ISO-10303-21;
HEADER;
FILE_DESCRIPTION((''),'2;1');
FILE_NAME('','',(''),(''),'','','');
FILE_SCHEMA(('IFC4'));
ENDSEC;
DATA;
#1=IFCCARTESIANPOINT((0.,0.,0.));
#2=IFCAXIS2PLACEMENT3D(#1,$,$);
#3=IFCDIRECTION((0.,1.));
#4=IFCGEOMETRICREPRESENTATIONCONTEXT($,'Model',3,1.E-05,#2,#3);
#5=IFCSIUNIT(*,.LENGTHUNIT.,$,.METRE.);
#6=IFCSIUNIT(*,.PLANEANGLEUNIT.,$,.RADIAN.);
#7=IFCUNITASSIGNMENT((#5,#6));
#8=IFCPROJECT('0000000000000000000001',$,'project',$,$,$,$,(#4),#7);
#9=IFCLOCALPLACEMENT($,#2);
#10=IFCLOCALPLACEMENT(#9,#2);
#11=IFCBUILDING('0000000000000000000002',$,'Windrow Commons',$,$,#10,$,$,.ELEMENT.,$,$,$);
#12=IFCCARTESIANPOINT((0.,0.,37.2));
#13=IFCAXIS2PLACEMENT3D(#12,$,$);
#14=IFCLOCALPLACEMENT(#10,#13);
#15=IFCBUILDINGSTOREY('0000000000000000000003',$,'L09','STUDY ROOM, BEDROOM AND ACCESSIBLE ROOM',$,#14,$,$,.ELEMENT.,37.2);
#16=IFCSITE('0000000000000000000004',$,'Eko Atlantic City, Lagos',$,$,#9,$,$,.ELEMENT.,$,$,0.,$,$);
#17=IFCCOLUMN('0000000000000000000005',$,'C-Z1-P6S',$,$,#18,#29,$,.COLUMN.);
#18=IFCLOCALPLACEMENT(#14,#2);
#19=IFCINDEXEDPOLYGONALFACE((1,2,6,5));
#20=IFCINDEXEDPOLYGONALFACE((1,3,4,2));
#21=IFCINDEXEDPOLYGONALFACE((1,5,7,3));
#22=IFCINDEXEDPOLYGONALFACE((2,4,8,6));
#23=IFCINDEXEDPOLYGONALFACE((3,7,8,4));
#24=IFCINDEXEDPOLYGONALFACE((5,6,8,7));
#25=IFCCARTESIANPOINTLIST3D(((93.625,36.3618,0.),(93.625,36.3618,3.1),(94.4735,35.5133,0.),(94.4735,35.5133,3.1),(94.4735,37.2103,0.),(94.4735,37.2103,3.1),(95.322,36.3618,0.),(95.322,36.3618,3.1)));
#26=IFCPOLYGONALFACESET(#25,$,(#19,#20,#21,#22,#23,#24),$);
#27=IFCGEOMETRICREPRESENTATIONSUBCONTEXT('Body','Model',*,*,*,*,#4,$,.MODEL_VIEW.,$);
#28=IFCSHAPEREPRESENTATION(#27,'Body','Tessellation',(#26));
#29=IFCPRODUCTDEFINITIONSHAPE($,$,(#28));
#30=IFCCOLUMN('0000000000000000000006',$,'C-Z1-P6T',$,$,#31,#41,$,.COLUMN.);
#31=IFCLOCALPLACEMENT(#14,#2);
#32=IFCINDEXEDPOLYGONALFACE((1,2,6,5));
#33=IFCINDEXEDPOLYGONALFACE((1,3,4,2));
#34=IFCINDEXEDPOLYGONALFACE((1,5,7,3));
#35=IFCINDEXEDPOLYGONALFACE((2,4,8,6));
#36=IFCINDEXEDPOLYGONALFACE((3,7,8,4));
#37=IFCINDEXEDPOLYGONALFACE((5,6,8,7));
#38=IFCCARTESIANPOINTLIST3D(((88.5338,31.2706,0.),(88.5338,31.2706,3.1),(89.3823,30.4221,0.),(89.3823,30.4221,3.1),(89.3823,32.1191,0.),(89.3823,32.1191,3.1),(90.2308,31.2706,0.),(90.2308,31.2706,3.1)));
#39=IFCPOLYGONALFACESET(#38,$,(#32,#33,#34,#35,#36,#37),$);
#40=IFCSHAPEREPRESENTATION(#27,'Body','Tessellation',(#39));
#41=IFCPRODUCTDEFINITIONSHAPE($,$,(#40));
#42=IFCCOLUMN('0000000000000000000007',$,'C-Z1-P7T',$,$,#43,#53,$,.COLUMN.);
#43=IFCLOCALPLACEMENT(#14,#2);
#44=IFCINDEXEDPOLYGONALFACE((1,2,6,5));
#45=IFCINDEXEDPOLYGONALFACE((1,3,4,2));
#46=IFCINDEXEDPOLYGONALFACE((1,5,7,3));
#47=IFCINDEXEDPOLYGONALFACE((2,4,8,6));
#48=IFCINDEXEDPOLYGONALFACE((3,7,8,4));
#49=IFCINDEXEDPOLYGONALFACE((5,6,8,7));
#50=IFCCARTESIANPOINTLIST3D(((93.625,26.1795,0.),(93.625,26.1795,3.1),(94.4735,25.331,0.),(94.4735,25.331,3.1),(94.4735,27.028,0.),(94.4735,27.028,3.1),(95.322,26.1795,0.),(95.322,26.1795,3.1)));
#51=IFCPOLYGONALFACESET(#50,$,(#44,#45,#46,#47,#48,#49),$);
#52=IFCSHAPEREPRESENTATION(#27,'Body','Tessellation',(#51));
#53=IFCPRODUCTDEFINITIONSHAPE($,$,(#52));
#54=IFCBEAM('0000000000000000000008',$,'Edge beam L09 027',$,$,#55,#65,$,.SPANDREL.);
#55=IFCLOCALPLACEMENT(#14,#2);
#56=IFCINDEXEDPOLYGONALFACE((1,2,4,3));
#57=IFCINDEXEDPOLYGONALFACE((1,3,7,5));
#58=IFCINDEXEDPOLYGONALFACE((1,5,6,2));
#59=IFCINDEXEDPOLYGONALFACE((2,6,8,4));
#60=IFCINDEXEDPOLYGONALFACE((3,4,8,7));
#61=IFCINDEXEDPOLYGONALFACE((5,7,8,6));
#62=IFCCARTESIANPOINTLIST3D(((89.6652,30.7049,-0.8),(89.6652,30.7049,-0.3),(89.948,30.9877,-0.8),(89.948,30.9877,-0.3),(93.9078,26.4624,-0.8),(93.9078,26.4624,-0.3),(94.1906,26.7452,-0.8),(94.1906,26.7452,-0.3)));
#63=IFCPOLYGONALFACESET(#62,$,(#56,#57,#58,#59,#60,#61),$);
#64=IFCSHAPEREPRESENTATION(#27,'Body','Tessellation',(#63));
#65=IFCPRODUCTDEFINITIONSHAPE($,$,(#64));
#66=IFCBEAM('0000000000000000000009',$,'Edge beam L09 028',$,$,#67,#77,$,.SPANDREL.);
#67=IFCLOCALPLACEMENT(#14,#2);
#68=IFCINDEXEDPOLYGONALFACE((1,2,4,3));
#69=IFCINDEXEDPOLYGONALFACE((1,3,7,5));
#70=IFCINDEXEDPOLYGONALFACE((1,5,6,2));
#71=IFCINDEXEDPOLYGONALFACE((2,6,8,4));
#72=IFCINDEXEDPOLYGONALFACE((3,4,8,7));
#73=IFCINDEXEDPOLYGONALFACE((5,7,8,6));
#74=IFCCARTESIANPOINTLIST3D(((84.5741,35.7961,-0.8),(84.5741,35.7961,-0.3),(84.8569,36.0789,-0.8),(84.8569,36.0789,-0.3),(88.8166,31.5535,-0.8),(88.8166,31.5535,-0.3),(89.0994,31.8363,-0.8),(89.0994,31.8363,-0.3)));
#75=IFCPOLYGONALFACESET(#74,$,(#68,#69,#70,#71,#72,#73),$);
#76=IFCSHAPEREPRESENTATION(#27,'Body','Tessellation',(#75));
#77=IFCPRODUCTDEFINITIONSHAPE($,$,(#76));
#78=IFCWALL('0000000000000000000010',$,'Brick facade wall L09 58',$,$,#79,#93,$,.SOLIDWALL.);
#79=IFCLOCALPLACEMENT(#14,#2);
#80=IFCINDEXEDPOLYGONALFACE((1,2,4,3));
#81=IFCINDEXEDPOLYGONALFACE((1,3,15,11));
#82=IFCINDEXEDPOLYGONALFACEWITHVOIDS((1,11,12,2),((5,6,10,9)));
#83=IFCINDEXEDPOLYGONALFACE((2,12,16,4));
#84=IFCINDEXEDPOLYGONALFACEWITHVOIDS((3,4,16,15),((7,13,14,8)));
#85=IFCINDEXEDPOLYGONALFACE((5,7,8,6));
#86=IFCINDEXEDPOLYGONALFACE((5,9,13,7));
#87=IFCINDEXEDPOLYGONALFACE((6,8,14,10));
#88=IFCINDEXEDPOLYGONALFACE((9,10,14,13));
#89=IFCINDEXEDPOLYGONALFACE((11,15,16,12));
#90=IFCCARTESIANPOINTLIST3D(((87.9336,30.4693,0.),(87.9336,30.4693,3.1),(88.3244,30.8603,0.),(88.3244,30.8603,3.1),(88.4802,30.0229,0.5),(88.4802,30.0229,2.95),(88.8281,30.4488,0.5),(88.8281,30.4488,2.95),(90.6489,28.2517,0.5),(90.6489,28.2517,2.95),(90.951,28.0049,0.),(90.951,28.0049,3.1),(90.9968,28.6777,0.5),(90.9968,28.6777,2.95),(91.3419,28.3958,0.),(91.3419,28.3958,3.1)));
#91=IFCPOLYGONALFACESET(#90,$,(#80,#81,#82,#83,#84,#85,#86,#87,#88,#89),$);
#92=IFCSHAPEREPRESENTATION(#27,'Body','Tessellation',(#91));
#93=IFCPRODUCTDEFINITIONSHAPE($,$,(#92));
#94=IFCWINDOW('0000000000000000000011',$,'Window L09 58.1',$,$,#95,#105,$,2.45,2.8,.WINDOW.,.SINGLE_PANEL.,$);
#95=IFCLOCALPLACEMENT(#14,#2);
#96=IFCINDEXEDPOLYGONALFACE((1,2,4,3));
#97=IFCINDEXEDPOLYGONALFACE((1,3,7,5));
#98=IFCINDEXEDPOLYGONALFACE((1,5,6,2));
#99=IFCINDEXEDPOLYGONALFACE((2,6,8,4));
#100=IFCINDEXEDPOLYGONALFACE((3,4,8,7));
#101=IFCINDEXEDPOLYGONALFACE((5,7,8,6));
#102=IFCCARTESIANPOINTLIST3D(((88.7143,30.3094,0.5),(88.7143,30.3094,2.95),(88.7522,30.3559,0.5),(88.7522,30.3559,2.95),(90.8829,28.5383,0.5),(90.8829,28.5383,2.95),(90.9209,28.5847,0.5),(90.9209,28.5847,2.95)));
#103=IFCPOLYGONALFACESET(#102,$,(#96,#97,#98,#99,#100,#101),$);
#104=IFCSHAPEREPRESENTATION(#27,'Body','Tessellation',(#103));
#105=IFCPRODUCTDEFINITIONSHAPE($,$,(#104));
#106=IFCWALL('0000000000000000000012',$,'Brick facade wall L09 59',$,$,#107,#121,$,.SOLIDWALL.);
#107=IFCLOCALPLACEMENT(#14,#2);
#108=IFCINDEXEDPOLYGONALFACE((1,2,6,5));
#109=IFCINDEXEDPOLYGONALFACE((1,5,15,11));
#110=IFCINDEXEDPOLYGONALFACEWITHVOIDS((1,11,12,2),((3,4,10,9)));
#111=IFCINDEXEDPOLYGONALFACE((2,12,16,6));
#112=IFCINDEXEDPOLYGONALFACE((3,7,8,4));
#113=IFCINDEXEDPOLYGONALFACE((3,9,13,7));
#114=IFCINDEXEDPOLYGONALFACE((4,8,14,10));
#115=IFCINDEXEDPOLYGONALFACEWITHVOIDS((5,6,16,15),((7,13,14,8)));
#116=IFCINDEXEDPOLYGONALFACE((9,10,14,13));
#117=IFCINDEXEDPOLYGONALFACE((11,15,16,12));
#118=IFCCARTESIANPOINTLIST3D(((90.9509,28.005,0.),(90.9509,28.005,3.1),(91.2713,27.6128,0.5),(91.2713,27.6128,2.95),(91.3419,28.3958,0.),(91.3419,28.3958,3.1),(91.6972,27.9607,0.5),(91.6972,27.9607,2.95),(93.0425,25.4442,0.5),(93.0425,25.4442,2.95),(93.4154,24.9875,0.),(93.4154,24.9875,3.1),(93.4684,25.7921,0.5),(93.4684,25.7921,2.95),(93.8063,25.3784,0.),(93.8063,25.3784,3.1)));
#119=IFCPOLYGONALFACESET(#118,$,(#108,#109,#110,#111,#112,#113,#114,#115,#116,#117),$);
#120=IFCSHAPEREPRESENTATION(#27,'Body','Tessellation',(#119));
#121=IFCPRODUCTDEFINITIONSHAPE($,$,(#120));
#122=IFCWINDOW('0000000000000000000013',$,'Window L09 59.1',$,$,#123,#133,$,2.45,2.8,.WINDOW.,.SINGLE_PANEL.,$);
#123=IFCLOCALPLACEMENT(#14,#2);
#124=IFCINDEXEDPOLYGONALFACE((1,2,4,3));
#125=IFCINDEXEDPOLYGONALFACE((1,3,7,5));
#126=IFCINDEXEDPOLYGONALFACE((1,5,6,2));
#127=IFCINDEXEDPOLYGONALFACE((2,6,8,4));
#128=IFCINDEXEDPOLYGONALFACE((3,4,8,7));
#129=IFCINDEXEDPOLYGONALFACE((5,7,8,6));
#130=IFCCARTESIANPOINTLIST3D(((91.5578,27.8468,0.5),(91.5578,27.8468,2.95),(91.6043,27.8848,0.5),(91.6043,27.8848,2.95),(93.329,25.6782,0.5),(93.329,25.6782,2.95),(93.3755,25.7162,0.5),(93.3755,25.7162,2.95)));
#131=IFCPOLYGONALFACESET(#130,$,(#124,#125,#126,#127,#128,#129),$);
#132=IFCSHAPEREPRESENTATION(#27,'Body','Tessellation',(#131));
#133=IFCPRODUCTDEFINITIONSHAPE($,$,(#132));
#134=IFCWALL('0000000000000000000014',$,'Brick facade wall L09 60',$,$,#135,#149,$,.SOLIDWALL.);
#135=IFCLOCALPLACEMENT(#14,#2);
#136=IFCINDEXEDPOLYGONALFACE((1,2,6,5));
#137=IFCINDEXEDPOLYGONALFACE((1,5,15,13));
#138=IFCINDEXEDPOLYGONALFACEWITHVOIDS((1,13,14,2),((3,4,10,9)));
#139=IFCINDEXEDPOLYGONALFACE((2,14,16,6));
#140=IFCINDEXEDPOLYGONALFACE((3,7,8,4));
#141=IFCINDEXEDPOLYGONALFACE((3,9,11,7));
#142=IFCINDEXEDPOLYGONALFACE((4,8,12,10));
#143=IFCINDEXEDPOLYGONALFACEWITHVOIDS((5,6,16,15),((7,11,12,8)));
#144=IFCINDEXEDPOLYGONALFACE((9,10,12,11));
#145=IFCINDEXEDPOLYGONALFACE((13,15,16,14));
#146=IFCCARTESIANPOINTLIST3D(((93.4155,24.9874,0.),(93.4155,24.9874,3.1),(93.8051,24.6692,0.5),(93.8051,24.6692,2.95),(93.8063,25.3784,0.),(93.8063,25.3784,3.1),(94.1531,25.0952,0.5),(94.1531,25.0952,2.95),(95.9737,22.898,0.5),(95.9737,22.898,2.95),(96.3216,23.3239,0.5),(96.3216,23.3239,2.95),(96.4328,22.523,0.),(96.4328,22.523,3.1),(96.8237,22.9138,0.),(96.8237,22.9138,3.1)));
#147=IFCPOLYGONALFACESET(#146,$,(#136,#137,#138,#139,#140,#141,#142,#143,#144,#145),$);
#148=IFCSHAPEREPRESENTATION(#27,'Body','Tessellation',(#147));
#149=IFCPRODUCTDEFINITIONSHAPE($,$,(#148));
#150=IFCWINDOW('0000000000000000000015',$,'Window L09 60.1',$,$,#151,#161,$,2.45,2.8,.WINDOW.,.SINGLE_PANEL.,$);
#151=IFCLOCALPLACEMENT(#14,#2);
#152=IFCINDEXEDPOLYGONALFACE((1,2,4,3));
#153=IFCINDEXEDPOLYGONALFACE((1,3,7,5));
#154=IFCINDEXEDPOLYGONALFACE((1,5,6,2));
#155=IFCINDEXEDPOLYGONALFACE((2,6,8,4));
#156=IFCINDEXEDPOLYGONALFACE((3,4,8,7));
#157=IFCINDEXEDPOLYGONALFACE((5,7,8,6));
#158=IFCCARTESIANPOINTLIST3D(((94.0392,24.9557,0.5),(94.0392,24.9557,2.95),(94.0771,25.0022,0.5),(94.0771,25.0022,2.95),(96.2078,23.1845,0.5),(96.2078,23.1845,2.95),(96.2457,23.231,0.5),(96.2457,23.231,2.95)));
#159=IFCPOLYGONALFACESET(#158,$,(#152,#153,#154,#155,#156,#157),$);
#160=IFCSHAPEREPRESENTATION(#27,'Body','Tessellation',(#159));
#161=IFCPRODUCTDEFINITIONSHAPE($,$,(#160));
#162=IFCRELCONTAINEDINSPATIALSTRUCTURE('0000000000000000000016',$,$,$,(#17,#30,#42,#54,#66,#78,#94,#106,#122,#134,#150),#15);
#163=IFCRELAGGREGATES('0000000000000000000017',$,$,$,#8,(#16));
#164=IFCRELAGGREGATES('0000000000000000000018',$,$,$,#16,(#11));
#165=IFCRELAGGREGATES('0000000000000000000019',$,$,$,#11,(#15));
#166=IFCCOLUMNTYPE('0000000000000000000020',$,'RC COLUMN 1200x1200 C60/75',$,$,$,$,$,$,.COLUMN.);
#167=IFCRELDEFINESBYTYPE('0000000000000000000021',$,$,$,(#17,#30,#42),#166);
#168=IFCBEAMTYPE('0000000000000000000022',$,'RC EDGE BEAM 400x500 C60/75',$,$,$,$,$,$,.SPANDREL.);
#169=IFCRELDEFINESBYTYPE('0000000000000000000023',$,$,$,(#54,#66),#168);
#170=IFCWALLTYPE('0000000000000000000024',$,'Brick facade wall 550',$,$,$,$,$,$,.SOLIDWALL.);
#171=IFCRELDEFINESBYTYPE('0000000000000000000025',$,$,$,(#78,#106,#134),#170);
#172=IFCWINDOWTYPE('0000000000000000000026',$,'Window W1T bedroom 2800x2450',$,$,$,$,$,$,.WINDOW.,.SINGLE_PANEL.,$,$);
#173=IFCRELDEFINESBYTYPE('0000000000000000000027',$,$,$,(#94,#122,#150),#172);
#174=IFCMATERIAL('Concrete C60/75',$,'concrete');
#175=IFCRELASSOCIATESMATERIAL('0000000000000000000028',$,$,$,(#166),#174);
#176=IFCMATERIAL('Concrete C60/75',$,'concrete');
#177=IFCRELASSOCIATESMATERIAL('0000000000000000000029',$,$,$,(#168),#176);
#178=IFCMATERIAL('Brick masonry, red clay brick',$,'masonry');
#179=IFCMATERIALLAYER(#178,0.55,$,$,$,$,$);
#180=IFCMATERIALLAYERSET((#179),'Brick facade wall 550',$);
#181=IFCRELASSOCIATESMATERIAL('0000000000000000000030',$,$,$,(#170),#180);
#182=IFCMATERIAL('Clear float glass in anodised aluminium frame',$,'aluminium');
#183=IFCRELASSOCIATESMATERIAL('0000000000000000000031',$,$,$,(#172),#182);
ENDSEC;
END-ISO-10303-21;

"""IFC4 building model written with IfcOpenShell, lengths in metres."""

from ifc_helpers import new_model, si_unit, direction, frame, frame_2d, origin, origin_2d, place, context, subcontext, project, spatial, polyline, rectangle, outline, extrude, material, layer, layer_set, material_profile, profile_set, type_object, element, fill, save


model = new_model("IFC4")

# Units and contexts
model_context = context("Model", 3, precision=1e-05, world=origin(), true_north=direction((0.0, 1.0)))
body_context = subcontext(model_context, "Body", "Model", "MODEL_VIEW")
ifc_project = project(units=[si_unit("LENGTHUNIT", "METRE"), si_unit("PLANEANGLEUNIT", "RADIAN")], contexts=[model_context])

# Site, building, storey
site_placement = place(None, origin())
site = spatial("IfcSite", under=ifc_project, at=site_placement, Name="Eko Atlantic City, Lagos", CompositionType="ELEMENT", RefElevation=0.0)
building_placement = place(site_placement, origin())
building = spatial("IfcBuilding", under=site, at=building_placement, Name="Windrow Commons", CompositionType="ELEMENT")
storey_placement = place(building_placement, frame((0.0, 0.0, 37.2)))
storey = spatial("IfcBuildingStorey", under=building, at=storey_placement, Name="L09", Description="STUDY ROOM, BEDROOM AND ACCESSIBLE ROOM", CompositionType="ELEMENT", Elevation=37.2)

# Columns
ifc_material_1 = material(Name="Concrete C60/75", Category="concrete")
ifc_material_profile_1 = material_profile(ifc_material_1, rectangle(XDim=1.2, YDim=1.2, at=origin_2d()))
ifc_profile_set_1 = profile_set([ifc_material_profile_1], Name="Concrete C60/75")
column_type = type_object("IfcColumnType", Name="RC COLUMN 1200x1200 C60/75", PredefinedType="COLUMN", material=ifc_profile_set_1)
for number, where, z_axis, x_axis, name in (
    (1, (94.4735, 36.3618, 0.0), (0.0, 0.0, 1.0), (0.707107, -0.707107, 0.0), "C-Z1-P6S"),
    (2, (89.3823, 31.2706, 0.0), (0.0, 0.0, 1.0), (0.707107, -0.707107, 0.0), "C-Z1-P6T"),
    (3, (94.4735, 26.1795, 0.0), (0.0, 0.0, 1.0), (0.707107, -0.707107, 0.0), "C-Z1-P7T"),
):
    element("IfcColumn", number, at=place(storey_placement, frame(where, z_axis=z_axis, x_axis=x_axis)), inside=storey, type_object=column_type, Name=name, PredefinedType="COLUMN", context=body_context, shape_type="SweptSolid", body=[
        extrude(rectangle(XDim=1.2, YDim=1.2, at=origin_2d()), origin(), (0.0, 0.0, 1.0), 3.1),
    ])

# Beams
ifc_material_2 = material(Name="Concrete C60/75", Category="concrete")
ifc_material_profile_2 = material_profile(ifc_material_2, rectangle(XDim=0.4, YDim=0.5, at=origin_2d()))
ifc_profile_set_2 = profile_set([ifc_material_profile_2], Name="Concrete C60/75")
beam_type = type_object("IfcBeamType", Name="RC EDGE BEAM 400x500 C60/75", PredefinedType="SPANDREL", material=ifc_profile_set_2)
for number, where, z_axis, x_axis, name in (
    (4, (94.0492, 26.6038, -0.55), (-0.707115, 0.707098, 0.0), (-0.707098, -0.707115, 0.0), "Edge beam L09 027"),
    (5, (88.958, 31.6949, -0.55), (-0.707098, 0.707115, 0.0), (-0.707115, -0.707098, 0.0), "Edge beam L09 028"),
):
    element("IfcBeam", number, at=place(storey_placement, frame(where, z_axis=z_axis, x_axis=x_axis)), inside=storey, type_object=beam_type, Name=name, PredefinedType="SPANDREL", context=body_context, shape_type="SweptSolid", body=[
        extrude(rectangle(XDim=0.4, YDim=0.5, at=origin_2d()), origin(), (0.0, 0.0, 1.0), 5.9999),
    ])

# Walls, openings, windows
ifc_material_3 = material(Name="Brick masonry, red clay brick", Category="masonry")
ifc_layer_1 = layer(ifc_material_3, 0.55)
ifc_layer_set_1 = layer_set([ifc_layer_1], Name="Brick facade wall 550")
wall_type_1 = type_object("IfcWallType", Name="Brick facade wall 550", PredefinedType="SOLIDWALL", material=ifc_layer_set_1)
wall_1_placement = place(storey_placement, frame((88.129, 30.6648, 0.0), z_axis=(0.0, 0.0, 1.0), x_axis=(0.774508, -0.632564, 0.0)))
wall_1 = element("IfcWall", 6, at=wall_1_placement, inside=storey, type_object=wall_type_1, Name="Brick facade wall L09 58", PredefinedType="SOLIDWALL", context=body_context, shape_type="SweptSolid", body=[
    extrude(outline(polyline([(-0.0277, -0.275), (3.8682, -0.275), (3.9237, 0.275), (0.0277, 0.275), (-0.0277, -0.275)])), origin(), (0.0, 0.0, 1.0), 3.1),
])
opening_1_placement = place(wall_1_placement, frame((0.6781, 0.0, 0.5)))
opening_1 = element("IfcOpeningElement", 7, at=opening_1_placement, cuts=wall_1, PredefinedType="OPENING", context=body_context, shape_type="SweptSolid", body=[
    extrude(rectangle(XDim=2.8, YDim=2.45, at=frame_2d((1.4, 1.225))), frame((0.0, 0.285, 0.0), z_axis=(0.0, -1.0, 0.0), x_axis=(1.0, 0.0, 0.0)), (0.0, 0.0, 1.0), 0.57),
])
ifc_material_4 = material(Name="Clear float glass in anodised aluminium frame", Category="aluminium")
window_type = type_object("IfcWindowType", Name="Window W1T bedroom 2800x2450", PartitioningType="SINGLE_PANEL", PredefinedType="WINDOW", material=ifc_material_4)
window_1_placement = place(opening_1_placement, origin())
window_1 = element("IfcWindow", 8, at=window_1_placement, inside=storey, type_object=window_type, Name="Window L09 58.1", OverallHeight=2.45, OverallWidth=2.8, PartitioningType="SINGLE_PANEL", PredefinedType="WINDOW", context=body_context, shape_type="SweptSolid", body=[
    extrude(rectangle(XDim=2.8, YDim=2.45, at=frame_2d((1.4, 1.225))), frame((0.0, 0.155, 0.0), z_axis=(0.0, -1.0, 0.0), x_axis=(1.0, 0.0, 0.0)), (0.0, 0.0, 1.0), 0.06),
])
fill(opening_1, window_1)
wall_2_placement = place(storey_placement, frame((91.1464, 28.2004, 0.0), z_axis=(0.0, 0.0, 1.0), x_axis=(0.632567, -0.774506, 0.0)))
wall_2 = element("IfcWall", 9, at=wall_2_placement, inside=storey, type_object=wall_type_1, Name="Brick facade wall L09 59", PredefinedType="SOLIDWALL", context=body_context, shape_type="SweptSolid", body=[
    extrude(outline(polyline([(0.0277, -0.275), (3.9237, -0.275), (3.8682, 0.275), (-0.0277, 0.275), (0.0277, -0.275)])), origin(), (0.0, 0.0, 1.0), 3.1),
])
opening_2_placement = place(wall_2_placement, frame((0.5341, 0.0, 0.5)))
opening_2 = element("IfcOpeningElement", 10, at=opening_2_placement, cuts=wall_2, PredefinedType="OPENING", context=body_context, shape_type="SweptSolid", body=[
    extrude(rectangle(XDim=2.8, YDim=2.45, at=frame_2d((1.4, 1.225))), frame((0.0, 0.285, 0.0), z_axis=(0.0, -1.0, 0.0), x_axis=(1.0, 0.0, 0.0)), (0.0, 0.0, 1.0), 0.57),
])
window_2_placement = place(opening_2_placement, origin())
window_2 = element("IfcWindow", 11, at=window_2_placement, inside=storey, type_object=window_type, Name="Window L09 59.1", OverallHeight=2.45, OverallWidth=2.8, PartitioningType="SINGLE_PANEL", PredefinedType="WINDOW", context=body_context, shape_type="SweptSolid", body=[
    extrude(rectangle(XDim=2.8, YDim=2.45, at=frame_2d((1.4, 1.225))), frame((0.0, 0.155, 0.0), z_axis=(0.0, -1.0, 0.0), x_axis=(1.0, 0.0, 0.0)), (0.0, 0.0, 1.0), 0.06),
])
fill(opening_2, window_2)
wall_3_placement = place(storey_placement, frame((93.6109, 25.1829, 0.0), z_axis=(0.0, 0.0, 1.0), x_axis=(0.774496, -0.632579, 0.0)))
wall_3 = element("IfcWall", 12, at=wall_3_placement, inside=storey, type_object=wall_type_1, Name="Brick facade wall L09 60", PredefinedType="SOLIDWALL", context=body_context, shape_type="SweptSolid", body=[
    extrude(outline(polyline([(-0.0277, -0.275), (3.8682, -0.275), (3.9237, 0.275), (0.0277, 0.275), (-0.0277, -0.275)])), origin(), (0.0, 0.0, 1.0), 3.1),
])
opening_3_placement = place(wall_3_placement, frame((0.4754, 0.0, 0.5)))
opening_3 = element("IfcOpeningElement", 13, at=opening_3_placement, cuts=wall_3, PredefinedType="OPENING", context=body_context, shape_type="SweptSolid", body=[
    extrude(rectangle(XDim=2.8, YDim=2.45, at=frame_2d((1.4, 1.225))), frame((0.0, 0.285, 0.0), z_axis=(0.0, -1.0, 0.0), x_axis=(1.0, 0.0, 0.0)), (0.0, 0.0, 1.0), 0.57),
])
window_3_placement = place(opening_3_placement, origin())
window_3 = element("IfcWindow", 14, at=window_3_placement, inside=storey, type_object=window_type, Name="Window L09 60.1", OverallHeight=2.45, OverallWidth=2.8, PartitioningType="SINGLE_PANEL", PredefinedType="WINDOW", context=body_context, shape_type="SweptSolid", body=[
    extrude(rectangle(XDim=2.8, YDim=2.45, at=frame_2d((1.4, 1.225))), frame((0.0, 0.155, 0.0), z_axis=(0.0, -1.0, 0.0), x_axis=(1.0, 0.0, 0.0)), (0.0, 0.0, 1.0), 0.06),
])
fill(opening_3, window_3)

save(model, "model.ifc")
